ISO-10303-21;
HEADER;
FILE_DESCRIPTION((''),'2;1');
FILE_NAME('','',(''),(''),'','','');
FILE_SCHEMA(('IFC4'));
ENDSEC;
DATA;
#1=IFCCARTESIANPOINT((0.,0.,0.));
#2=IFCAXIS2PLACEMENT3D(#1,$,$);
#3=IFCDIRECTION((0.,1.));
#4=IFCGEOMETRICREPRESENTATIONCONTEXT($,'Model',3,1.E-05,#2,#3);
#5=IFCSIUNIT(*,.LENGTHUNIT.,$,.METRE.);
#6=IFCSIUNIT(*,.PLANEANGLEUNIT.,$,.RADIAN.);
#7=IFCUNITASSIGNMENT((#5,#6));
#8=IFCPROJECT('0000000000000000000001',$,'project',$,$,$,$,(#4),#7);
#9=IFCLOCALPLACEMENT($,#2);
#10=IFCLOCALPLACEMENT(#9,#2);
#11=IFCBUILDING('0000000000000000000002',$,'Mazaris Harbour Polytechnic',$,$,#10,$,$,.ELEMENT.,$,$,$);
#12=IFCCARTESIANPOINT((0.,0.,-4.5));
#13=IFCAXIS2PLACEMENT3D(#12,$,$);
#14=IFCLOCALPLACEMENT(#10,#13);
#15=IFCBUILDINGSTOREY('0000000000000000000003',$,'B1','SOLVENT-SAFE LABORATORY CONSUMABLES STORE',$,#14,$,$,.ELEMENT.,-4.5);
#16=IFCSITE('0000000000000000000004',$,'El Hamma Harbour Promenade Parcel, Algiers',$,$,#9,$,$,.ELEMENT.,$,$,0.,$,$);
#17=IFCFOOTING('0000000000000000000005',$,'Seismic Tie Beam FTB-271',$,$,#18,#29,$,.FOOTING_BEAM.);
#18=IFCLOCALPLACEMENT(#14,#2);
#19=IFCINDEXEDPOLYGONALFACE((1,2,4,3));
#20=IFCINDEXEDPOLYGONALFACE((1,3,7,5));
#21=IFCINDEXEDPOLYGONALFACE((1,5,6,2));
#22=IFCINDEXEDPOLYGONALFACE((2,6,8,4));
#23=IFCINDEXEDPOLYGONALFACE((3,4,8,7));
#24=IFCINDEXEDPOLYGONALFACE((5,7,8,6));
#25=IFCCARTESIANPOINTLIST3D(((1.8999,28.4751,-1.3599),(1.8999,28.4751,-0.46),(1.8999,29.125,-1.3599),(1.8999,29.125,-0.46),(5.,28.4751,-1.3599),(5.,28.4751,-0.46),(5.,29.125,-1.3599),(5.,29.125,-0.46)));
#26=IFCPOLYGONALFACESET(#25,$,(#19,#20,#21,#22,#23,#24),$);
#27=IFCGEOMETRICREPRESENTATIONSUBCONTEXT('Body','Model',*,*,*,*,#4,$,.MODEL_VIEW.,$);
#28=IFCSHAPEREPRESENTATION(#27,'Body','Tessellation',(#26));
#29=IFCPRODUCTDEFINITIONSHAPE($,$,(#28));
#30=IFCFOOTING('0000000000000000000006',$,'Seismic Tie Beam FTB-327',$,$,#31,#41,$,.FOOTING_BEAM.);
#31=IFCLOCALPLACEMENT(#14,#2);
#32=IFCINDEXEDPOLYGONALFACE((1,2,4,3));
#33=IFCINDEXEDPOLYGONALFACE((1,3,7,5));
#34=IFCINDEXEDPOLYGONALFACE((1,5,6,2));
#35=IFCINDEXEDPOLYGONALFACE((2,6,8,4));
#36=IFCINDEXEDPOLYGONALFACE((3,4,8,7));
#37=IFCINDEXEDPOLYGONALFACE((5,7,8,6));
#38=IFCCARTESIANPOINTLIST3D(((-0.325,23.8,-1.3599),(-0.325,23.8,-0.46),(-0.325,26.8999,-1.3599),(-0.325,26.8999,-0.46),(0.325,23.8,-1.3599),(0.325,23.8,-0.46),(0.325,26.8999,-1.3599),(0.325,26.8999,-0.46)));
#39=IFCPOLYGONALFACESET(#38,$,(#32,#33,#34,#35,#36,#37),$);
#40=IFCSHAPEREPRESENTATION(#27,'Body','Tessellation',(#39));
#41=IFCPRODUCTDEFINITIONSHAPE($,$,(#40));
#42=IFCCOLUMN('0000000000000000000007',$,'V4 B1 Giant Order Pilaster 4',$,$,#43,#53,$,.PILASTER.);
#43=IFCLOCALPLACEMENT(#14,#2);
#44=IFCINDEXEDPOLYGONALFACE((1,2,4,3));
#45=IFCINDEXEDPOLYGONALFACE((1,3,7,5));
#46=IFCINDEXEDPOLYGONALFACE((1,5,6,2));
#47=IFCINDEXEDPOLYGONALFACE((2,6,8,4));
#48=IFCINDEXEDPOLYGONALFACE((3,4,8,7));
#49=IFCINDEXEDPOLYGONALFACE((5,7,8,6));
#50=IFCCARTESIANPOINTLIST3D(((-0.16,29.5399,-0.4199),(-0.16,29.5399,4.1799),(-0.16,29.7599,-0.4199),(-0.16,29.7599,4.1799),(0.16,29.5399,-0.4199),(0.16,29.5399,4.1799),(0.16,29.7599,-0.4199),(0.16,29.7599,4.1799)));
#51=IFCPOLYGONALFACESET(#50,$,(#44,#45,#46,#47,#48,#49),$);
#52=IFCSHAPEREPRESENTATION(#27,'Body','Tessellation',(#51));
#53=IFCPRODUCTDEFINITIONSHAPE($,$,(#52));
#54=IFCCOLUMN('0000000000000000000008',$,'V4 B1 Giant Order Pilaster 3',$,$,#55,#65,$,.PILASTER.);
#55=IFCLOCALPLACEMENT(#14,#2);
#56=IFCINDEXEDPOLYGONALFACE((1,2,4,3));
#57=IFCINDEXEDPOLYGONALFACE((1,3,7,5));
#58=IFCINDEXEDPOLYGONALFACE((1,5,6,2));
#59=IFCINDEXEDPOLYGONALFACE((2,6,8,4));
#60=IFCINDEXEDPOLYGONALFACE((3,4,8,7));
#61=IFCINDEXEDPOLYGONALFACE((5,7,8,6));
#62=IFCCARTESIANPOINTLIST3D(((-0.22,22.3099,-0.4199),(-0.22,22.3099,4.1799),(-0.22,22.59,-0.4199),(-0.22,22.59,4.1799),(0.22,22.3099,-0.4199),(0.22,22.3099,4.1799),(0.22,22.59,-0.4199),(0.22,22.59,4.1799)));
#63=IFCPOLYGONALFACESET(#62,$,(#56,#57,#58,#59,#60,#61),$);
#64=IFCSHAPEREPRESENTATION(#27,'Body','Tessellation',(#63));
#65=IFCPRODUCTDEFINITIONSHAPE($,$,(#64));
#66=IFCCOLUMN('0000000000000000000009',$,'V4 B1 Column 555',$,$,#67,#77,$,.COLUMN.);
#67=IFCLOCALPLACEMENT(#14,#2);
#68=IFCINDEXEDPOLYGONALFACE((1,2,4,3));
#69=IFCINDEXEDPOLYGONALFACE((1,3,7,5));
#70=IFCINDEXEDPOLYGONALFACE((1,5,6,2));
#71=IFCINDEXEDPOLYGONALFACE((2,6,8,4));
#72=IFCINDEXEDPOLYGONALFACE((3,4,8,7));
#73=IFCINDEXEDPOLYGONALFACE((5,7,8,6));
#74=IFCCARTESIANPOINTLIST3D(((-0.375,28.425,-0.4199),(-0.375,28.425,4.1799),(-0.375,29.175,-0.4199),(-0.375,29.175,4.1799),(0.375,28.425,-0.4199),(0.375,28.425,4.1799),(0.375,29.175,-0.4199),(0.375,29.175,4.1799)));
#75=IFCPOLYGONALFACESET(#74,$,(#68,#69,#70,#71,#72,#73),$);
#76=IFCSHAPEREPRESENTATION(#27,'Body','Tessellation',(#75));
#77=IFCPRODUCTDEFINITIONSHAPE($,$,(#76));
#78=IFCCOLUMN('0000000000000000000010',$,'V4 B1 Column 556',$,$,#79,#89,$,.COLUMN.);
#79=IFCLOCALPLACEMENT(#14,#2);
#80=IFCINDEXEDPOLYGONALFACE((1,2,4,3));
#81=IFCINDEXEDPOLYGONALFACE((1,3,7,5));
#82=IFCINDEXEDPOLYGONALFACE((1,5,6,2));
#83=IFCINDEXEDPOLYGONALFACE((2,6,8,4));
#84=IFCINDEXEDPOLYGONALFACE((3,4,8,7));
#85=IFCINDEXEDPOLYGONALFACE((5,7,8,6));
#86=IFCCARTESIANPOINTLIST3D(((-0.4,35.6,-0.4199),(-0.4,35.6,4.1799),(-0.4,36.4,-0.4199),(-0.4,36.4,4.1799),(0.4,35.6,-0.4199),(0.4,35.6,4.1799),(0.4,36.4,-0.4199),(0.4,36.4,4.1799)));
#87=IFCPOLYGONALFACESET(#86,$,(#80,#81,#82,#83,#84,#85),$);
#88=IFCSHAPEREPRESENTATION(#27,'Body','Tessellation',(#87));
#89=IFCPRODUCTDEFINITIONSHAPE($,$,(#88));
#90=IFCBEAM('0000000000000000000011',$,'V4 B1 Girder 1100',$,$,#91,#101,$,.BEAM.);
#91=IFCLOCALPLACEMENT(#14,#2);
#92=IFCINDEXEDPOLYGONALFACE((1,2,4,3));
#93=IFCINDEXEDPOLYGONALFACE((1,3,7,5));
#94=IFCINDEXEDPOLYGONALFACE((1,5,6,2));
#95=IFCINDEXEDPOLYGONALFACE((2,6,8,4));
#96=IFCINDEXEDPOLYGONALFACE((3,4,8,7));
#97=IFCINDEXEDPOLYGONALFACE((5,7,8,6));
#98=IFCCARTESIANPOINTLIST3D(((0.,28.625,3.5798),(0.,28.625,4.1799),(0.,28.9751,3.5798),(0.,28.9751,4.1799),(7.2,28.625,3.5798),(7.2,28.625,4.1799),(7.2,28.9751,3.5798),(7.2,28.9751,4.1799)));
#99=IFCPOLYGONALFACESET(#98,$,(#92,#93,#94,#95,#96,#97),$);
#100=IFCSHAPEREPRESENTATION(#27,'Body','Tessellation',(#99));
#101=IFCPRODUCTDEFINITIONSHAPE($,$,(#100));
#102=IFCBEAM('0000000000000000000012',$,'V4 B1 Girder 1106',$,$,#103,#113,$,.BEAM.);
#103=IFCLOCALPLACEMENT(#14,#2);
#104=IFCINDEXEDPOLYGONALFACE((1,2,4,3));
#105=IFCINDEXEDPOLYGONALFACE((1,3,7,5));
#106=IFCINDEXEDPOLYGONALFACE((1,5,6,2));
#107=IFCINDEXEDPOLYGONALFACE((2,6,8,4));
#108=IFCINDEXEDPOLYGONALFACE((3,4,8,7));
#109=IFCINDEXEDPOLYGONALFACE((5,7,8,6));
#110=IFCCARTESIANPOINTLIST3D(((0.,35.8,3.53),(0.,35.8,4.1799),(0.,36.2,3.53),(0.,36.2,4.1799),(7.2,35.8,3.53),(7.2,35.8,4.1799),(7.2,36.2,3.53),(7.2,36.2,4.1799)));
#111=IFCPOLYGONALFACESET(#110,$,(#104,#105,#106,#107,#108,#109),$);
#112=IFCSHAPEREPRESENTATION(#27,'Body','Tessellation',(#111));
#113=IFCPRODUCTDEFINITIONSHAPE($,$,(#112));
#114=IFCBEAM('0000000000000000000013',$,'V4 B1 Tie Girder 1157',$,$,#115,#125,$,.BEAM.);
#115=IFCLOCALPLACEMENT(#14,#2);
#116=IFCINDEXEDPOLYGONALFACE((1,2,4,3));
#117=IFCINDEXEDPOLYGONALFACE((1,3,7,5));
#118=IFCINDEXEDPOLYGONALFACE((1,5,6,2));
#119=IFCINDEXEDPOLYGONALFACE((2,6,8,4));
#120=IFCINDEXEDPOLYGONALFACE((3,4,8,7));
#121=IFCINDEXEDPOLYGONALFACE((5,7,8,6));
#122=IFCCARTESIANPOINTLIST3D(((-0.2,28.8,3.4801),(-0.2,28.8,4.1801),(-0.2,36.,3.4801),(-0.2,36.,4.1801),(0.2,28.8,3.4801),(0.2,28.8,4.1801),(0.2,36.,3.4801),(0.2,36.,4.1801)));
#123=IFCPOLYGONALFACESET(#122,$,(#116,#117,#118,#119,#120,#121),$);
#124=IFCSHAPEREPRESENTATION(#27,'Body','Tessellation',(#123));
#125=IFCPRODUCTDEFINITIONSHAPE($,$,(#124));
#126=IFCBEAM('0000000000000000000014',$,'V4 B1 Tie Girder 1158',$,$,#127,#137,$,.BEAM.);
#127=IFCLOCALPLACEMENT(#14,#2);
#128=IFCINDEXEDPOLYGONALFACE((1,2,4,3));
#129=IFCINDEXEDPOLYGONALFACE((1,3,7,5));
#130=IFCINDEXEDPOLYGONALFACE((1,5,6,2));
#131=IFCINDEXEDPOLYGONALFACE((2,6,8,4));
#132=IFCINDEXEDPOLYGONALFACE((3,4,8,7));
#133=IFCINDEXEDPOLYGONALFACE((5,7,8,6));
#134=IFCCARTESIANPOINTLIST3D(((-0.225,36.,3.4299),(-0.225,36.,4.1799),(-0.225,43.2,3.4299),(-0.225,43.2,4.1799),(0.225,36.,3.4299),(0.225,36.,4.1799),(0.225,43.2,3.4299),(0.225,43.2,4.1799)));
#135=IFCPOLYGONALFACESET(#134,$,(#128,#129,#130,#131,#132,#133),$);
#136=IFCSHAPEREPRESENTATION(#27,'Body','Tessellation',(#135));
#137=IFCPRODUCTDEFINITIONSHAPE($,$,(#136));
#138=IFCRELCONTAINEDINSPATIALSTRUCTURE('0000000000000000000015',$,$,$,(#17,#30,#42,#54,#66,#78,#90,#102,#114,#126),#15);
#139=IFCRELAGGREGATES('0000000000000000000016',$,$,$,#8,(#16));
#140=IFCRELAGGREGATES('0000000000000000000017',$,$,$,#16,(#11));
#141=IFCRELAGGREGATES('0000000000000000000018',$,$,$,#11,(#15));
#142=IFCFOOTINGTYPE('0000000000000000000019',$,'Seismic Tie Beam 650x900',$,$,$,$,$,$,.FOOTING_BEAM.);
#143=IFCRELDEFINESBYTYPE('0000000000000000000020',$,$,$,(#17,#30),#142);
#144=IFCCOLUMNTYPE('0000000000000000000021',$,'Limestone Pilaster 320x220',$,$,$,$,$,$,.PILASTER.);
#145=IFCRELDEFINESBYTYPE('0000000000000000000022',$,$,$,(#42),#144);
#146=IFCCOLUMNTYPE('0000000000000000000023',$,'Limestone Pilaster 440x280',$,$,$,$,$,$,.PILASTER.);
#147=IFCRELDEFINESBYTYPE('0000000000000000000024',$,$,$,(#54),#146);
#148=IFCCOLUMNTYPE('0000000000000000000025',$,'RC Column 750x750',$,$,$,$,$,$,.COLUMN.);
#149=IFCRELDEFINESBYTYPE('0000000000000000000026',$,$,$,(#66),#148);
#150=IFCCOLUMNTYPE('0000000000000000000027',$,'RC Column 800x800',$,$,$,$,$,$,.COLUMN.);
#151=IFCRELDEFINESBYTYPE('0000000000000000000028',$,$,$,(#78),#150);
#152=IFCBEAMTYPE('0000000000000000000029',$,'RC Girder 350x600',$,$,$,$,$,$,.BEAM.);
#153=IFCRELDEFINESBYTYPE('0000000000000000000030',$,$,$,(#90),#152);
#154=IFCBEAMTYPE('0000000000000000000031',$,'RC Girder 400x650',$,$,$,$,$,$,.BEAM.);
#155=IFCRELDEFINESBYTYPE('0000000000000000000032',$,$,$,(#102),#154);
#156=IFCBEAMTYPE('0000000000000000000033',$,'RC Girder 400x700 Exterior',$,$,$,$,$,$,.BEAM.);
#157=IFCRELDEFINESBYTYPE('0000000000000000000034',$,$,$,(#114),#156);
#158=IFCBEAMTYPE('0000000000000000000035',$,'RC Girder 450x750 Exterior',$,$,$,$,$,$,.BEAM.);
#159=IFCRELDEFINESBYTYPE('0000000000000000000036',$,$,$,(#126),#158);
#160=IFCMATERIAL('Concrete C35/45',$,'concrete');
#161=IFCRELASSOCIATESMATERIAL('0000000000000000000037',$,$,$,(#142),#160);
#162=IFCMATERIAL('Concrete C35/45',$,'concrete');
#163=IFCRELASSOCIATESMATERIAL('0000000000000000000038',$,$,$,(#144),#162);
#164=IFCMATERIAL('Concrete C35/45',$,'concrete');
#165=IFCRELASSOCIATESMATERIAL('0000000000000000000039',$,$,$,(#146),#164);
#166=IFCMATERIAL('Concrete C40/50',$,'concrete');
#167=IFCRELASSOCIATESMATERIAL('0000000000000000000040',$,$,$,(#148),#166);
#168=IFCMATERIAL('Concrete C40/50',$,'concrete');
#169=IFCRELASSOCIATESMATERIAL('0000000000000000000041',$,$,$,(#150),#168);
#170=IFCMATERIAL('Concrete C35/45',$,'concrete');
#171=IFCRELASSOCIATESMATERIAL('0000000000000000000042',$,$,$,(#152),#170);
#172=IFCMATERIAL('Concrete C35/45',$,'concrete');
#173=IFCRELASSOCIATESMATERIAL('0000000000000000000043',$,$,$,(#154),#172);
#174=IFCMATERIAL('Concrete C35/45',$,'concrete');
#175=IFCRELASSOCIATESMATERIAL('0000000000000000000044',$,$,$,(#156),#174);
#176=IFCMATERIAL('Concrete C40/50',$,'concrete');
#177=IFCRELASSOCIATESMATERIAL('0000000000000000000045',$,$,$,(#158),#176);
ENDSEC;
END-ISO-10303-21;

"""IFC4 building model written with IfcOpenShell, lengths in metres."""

from ifc_helpers import new_model, si_unit, direction, frame, origin, origin_2d, place, context, subcontext, project, spatial, rectangle, extrude, material, material_profile, profile_set, type_object, element, save


model = new_model("IFC4")

# Units and contexts
model_context = context("Model", 3, precision=1e-05, world=origin(), true_north=direction((0.0, 1.0)))
body_context = subcontext(model_context, "Body", "Model", "MODEL_VIEW")
ifc_project = project(units=[si_unit("LENGTHUNIT", "METRE"), si_unit("PLANEANGLEUNIT", "RADIAN")], contexts=[model_context])

# Site, building, storey
site_placement = place(None, origin())
site = spatial("IfcSite", under=ifc_project, at=site_placement, Name="El Hamma Harbour Promenade Parcel, Algiers", CompositionType="ELEMENT", RefElevation=0.0)
building_placement = place(site_placement, origin())
building = spatial("IfcBuilding", under=site, at=building_placement, Name="Mazaris Harbour Polytechnic", CompositionType="ELEMENT")
storey_placement = place(building_placement, frame((0.0, 0.0, -4.5)))
storey = spatial("IfcBuildingStorey", under=building, at=storey_placement, Name="B1", Description="SOLVENT-SAFE LABORATORY CONSUMABLES STORE", CompositionType="ELEMENT", Elevation=-4.5)

# Footings
ifc_material_1 = material(Name="Concrete C35/45", Category="concrete")
ifc_material_profile_1 = material_profile(ifc_material_1, rectangle(XDim=0.6499, YDim=0.8999, at=origin_2d()), Name="RECT650x900")
ifc_profile_set_1 = profile_set([ifc_material_profile_1], Name="Concrete C35/45")
footing_type_1 = type_object("IfcFootingType", Name="Seismic Tie Beam 650x900", PredefinedType="FOOTING_BEAM", material=ifc_profile_set_1)
footing_1_placement = place(storey_placement, frame((1.8999, 28.8, -0.9099), z_axis=(1.0, 0.0, 0.0), x_axis=(0.0, 1.0, 0.0)))
element("IfcFooting", 1, at=footing_1_placement, inside=storey, type_object=footing_type_1, Name="Seismic Tie Beam FTB-271", PredefinedType="FOOTING_BEAM", context=body_context, shape_type="SweptSolid", body=[
    extrude(rectangle(XDim=0.6499, YDim=0.8999, at=origin_2d()), origin(), (0.0, 0.0, 1.0), 3.1001),
])
footing_2_placement = place(storey_placement, frame((0.0, 23.8, -0.9099), z_axis=(0.0, 1.0, 0.0), x_axis=(-1.0, 0.0, 0.0)))
element("IfcFooting", 2, at=footing_2_placement, inside=storey, type_object=footing_type_1, Name="Seismic Tie Beam FTB-327", PredefinedType="FOOTING_BEAM", context=body_context, shape_type="SweptSolid", body=[
    extrude(rectangle(XDim=0.6499, YDim=0.8999, at=origin_2d()), origin(), (0.0, 0.0, 1.0), 3.0999),
])

# Columns
ifc_material_2 = material(Name="Concrete C35/45", Category="concrete")
ifc_material_profile_2 = material_profile(ifc_material_2, rectangle(XDim=0.3201, YDim=0.22, at=origin_2d()), Name="RECT320x220")
ifc_profile_set_2 = profile_set([ifc_material_profile_2], Name="Concrete C35/45")
column_type_1 = type_object("IfcColumnType", Name="Limestone Pilaster 320x220", PredefinedType="PILASTER", material=ifc_profile_set_2)
column_1_placement = place(storey_placement, frame((0.0, 29.6499, -0.4199), z_axis=(0.0, 0.0, 1.0), x_axis=(1.0, 0.0, 0.0)))
element("IfcColumn", 3, at=column_1_placement, inside=storey, type_object=column_type_1, Name="V4 B1 Giant Order Pilaster 4", PredefinedType="PILASTER", context=body_context, shape_type="SweptSolid", body=[
    extrude(rectangle(XDim=0.3201, YDim=0.22, at=origin_2d()), origin(), (0.0, 0.0, 1.0), 4.5999),
])
ifc_material_3 = material(Name="Concrete C35/45", Category="concrete")
ifc_material_profile_3 = material_profile(ifc_material_3, rectangle(XDim=0.4399, YDim=0.28, at=origin_2d()), Name="RECT440x280")
ifc_profile_set_3 = profile_set([ifc_material_profile_3], Name="Concrete C35/45")
column_type_2 = type_object("IfcColumnType", Name="Limestone Pilaster 440x280", PredefinedType="PILASTER", material=ifc_profile_set_3)
column_2_placement = place(storey_placement, frame((0.0, 22.45, -0.4199), z_axis=(0.0, 0.0, 1.0), x_axis=(1.0, 0.0, 0.0)))
element("IfcColumn", 4, at=column_2_placement, inside=storey, type_object=column_type_2, Name="V4 B1 Giant Order Pilaster 3", PredefinedType="PILASTER", context=body_context, shape_type="SweptSolid", body=[
    extrude(rectangle(XDim=0.4399, YDim=0.28, at=origin_2d()), origin(), (0.0, 0.0, 1.0), 4.5999),
])
ifc_material_4 = material(Name="Concrete C40/50", Category="concrete")
ifc_material_profile_4 = material_profile(ifc_material_4, rectangle(XDim=0.75, YDim=0.75, at=origin_2d()), Name="RECT750x750")
ifc_profile_set_4 = profile_set([ifc_material_profile_4], Name="Concrete C40/50")
column_type_3 = type_object("IfcColumnType", Name="RC Column 750x750", PredefinedType="COLUMN", material=ifc_profile_set_4)
column_3_placement = place(storey_placement, frame((0.0, 28.8, -0.4199), z_axis=(0.0, 0.0, 1.0), x_axis=(1.0, 0.0, 0.0)))
element("IfcColumn", 5, at=column_3_placement, inside=storey, type_object=column_type_3, Name="V4 B1 Column 555", PredefinedType="COLUMN", context=body_context, shape_type="SweptSolid", body=[
    extrude(rectangle(XDim=0.75, YDim=0.75, at=origin_2d()), origin(), (0.0, 0.0, 1.0), 4.5999),
])
ifc_material_5 = material(Name="Concrete C40/50", Category="concrete")
ifc_material_profile_5 = material_profile(ifc_material_5, rectangle(XDim=0.8, YDim=0.8, at=origin_2d()), Name="RECT800x800")
ifc_profile_set_5 = profile_set([ifc_material_profile_5], Name="Concrete C40/50")
column_type_4 = type_object("IfcColumnType", Name="RC Column 800x800", PredefinedType="COLUMN", material=ifc_profile_set_5)
column_4_placement = place(storey_placement, frame((0.0, 36.0, -0.4199), z_axis=(0.0, 0.0, 1.0), x_axis=(1.0, 0.0, 0.0)))
element("IfcColumn", 6, at=column_4_placement, inside=storey, type_object=column_type_4, Name="V4 B1 Column 556", PredefinedType="COLUMN", context=body_context, shape_type="SweptSolid", body=[
    extrude(rectangle(XDim=0.8, YDim=0.8, at=origin_2d()), origin(), (0.0, 0.0, 1.0), 4.5999),
])

# Beams
ifc_material_6 = material(Name="Concrete C35/45", Category="concrete")
ifc_material_profile_6 = material_profile(ifc_material_6, rectangle(XDim=0.3501, YDim=0.6001, at=origin_2d()), Name="RECT350x600")
ifc_profile_set_6 = profile_set([ifc_material_profile_6], Name="Concrete C35/45")
beam_type_1 = type_object("IfcBeamType", Name="RC Girder 350x600", PredefinedType="BEAM", material=ifc_profile_set_6)
beam_1_placement = place(storey_placement, frame((0.0, 28.8, 3.8799), z_axis=(1.0, 0.0, 0.0), x_axis=(0.0, 1.0, 0.0)))
element("IfcBeam", 7, at=beam_1_placement, inside=storey, type_object=beam_type_1, Name="V4 B1 Girder 1100", PredefinedType="BEAM", context=body_context, shape_type="SweptSolid", body=[
    extrude(rectangle(XDim=0.3501, YDim=0.6001, at=origin_2d()), origin(), (0.0, 0.0, 1.0), 7.2),
])
ifc_material_7 = material(Name="Concrete C35/45", Category="concrete")
ifc_material_profile_7 = material_profile(ifc_material_7, rectangle(XDim=0.3999, YDim=0.6499, at=origin_2d()), Name="RECT400x650")
ifc_profile_set_7 = profile_set([ifc_material_profile_7], Name="Concrete C35/45")
beam_type_2 = type_object("IfcBeamType", Name="RC Girder 400x650", PredefinedType="BEAM", material=ifc_profile_set_7)
beam_2_placement = place(storey_placement, frame((0.0, 36.0, 3.855), z_axis=(1.0, 0.0, 0.0), x_axis=(0.0, 1.0, 0.0)))
element("IfcBeam", 8, at=beam_2_placement, inside=storey, type_object=beam_type_2, Name="V4 B1 Girder 1106", PredefinedType="BEAM", context=body_context, shape_type="SweptSolid", body=[
    extrude(rectangle(XDim=0.3999, YDim=0.6499, at=origin_2d()), origin(), (0.0, 0.0, 1.0), 7.2),
])
ifc_material_8 = material(Name="Concrete C35/45", Category="concrete")
ifc_material_profile_8 = material_profile(ifc_material_8, rectangle(XDim=0.3999, YDim=0.7, at=origin_2d()), Name="RECT400x700")
ifc_profile_set_8 = profile_set([ifc_material_profile_8], Name="Concrete C35/45")
beam_type_3 = type_object("IfcBeamType", Name="RC Girder 400x700 Exterior", PredefinedType="BEAM", material=ifc_profile_set_8)
beam_3_placement = place(storey_placement, frame((0.0, 28.8, 3.8301), z_axis=(0.0, 1.0, 0.0), x_axis=(-1.0, 0.0, 0.0)))
element("IfcBeam", 9, at=beam_3_placement, inside=storey, type_object=beam_type_3, Name="V4 B1 Tie Girder 1157", PredefinedType="BEAM", context=body_context, shape_type="SweptSolid", body=[
    extrude(rectangle(XDim=0.3999, YDim=0.7, at=origin_2d()), origin(), (0.0, 0.0, 1.0), 7.2),
])
ifc_material_9 = material(Name="Concrete C40/50", Category="concrete")
ifc_material_profile_9 = material_profile(ifc_material_9, rectangle(XDim=0.45, YDim=0.75, at=origin_2d()), Name="RECT450x750")
ifc_profile_set_9 = profile_set([ifc_material_profile_9], Name="Concrete C40/50")
beam_type_4 = type_object("IfcBeamType", Name="RC Girder 450x750 Exterior", PredefinedType="BEAM", material=ifc_profile_set_9)
beam_4_placement = place(storey_placement, frame((0.0, 36.0, 3.8049), z_axis=(0.0, 1.0, 0.0), x_axis=(-1.0, 0.0, 0.0)))
element("IfcBeam", 10, at=beam_4_placement, inside=storey, type_object=beam_type_4, Name="V4 B1 Tie Girder 1158", PredefinedType="BEAM", context=body_context, shape_type="SweptSolid", body=[
    extrude(rectangle(XDim=0.45, YDim=0.75, at=origin_2d()), origin(), (0.0, 0.0, 1.0), 7.2),
])

save(model, "model.ifc")
